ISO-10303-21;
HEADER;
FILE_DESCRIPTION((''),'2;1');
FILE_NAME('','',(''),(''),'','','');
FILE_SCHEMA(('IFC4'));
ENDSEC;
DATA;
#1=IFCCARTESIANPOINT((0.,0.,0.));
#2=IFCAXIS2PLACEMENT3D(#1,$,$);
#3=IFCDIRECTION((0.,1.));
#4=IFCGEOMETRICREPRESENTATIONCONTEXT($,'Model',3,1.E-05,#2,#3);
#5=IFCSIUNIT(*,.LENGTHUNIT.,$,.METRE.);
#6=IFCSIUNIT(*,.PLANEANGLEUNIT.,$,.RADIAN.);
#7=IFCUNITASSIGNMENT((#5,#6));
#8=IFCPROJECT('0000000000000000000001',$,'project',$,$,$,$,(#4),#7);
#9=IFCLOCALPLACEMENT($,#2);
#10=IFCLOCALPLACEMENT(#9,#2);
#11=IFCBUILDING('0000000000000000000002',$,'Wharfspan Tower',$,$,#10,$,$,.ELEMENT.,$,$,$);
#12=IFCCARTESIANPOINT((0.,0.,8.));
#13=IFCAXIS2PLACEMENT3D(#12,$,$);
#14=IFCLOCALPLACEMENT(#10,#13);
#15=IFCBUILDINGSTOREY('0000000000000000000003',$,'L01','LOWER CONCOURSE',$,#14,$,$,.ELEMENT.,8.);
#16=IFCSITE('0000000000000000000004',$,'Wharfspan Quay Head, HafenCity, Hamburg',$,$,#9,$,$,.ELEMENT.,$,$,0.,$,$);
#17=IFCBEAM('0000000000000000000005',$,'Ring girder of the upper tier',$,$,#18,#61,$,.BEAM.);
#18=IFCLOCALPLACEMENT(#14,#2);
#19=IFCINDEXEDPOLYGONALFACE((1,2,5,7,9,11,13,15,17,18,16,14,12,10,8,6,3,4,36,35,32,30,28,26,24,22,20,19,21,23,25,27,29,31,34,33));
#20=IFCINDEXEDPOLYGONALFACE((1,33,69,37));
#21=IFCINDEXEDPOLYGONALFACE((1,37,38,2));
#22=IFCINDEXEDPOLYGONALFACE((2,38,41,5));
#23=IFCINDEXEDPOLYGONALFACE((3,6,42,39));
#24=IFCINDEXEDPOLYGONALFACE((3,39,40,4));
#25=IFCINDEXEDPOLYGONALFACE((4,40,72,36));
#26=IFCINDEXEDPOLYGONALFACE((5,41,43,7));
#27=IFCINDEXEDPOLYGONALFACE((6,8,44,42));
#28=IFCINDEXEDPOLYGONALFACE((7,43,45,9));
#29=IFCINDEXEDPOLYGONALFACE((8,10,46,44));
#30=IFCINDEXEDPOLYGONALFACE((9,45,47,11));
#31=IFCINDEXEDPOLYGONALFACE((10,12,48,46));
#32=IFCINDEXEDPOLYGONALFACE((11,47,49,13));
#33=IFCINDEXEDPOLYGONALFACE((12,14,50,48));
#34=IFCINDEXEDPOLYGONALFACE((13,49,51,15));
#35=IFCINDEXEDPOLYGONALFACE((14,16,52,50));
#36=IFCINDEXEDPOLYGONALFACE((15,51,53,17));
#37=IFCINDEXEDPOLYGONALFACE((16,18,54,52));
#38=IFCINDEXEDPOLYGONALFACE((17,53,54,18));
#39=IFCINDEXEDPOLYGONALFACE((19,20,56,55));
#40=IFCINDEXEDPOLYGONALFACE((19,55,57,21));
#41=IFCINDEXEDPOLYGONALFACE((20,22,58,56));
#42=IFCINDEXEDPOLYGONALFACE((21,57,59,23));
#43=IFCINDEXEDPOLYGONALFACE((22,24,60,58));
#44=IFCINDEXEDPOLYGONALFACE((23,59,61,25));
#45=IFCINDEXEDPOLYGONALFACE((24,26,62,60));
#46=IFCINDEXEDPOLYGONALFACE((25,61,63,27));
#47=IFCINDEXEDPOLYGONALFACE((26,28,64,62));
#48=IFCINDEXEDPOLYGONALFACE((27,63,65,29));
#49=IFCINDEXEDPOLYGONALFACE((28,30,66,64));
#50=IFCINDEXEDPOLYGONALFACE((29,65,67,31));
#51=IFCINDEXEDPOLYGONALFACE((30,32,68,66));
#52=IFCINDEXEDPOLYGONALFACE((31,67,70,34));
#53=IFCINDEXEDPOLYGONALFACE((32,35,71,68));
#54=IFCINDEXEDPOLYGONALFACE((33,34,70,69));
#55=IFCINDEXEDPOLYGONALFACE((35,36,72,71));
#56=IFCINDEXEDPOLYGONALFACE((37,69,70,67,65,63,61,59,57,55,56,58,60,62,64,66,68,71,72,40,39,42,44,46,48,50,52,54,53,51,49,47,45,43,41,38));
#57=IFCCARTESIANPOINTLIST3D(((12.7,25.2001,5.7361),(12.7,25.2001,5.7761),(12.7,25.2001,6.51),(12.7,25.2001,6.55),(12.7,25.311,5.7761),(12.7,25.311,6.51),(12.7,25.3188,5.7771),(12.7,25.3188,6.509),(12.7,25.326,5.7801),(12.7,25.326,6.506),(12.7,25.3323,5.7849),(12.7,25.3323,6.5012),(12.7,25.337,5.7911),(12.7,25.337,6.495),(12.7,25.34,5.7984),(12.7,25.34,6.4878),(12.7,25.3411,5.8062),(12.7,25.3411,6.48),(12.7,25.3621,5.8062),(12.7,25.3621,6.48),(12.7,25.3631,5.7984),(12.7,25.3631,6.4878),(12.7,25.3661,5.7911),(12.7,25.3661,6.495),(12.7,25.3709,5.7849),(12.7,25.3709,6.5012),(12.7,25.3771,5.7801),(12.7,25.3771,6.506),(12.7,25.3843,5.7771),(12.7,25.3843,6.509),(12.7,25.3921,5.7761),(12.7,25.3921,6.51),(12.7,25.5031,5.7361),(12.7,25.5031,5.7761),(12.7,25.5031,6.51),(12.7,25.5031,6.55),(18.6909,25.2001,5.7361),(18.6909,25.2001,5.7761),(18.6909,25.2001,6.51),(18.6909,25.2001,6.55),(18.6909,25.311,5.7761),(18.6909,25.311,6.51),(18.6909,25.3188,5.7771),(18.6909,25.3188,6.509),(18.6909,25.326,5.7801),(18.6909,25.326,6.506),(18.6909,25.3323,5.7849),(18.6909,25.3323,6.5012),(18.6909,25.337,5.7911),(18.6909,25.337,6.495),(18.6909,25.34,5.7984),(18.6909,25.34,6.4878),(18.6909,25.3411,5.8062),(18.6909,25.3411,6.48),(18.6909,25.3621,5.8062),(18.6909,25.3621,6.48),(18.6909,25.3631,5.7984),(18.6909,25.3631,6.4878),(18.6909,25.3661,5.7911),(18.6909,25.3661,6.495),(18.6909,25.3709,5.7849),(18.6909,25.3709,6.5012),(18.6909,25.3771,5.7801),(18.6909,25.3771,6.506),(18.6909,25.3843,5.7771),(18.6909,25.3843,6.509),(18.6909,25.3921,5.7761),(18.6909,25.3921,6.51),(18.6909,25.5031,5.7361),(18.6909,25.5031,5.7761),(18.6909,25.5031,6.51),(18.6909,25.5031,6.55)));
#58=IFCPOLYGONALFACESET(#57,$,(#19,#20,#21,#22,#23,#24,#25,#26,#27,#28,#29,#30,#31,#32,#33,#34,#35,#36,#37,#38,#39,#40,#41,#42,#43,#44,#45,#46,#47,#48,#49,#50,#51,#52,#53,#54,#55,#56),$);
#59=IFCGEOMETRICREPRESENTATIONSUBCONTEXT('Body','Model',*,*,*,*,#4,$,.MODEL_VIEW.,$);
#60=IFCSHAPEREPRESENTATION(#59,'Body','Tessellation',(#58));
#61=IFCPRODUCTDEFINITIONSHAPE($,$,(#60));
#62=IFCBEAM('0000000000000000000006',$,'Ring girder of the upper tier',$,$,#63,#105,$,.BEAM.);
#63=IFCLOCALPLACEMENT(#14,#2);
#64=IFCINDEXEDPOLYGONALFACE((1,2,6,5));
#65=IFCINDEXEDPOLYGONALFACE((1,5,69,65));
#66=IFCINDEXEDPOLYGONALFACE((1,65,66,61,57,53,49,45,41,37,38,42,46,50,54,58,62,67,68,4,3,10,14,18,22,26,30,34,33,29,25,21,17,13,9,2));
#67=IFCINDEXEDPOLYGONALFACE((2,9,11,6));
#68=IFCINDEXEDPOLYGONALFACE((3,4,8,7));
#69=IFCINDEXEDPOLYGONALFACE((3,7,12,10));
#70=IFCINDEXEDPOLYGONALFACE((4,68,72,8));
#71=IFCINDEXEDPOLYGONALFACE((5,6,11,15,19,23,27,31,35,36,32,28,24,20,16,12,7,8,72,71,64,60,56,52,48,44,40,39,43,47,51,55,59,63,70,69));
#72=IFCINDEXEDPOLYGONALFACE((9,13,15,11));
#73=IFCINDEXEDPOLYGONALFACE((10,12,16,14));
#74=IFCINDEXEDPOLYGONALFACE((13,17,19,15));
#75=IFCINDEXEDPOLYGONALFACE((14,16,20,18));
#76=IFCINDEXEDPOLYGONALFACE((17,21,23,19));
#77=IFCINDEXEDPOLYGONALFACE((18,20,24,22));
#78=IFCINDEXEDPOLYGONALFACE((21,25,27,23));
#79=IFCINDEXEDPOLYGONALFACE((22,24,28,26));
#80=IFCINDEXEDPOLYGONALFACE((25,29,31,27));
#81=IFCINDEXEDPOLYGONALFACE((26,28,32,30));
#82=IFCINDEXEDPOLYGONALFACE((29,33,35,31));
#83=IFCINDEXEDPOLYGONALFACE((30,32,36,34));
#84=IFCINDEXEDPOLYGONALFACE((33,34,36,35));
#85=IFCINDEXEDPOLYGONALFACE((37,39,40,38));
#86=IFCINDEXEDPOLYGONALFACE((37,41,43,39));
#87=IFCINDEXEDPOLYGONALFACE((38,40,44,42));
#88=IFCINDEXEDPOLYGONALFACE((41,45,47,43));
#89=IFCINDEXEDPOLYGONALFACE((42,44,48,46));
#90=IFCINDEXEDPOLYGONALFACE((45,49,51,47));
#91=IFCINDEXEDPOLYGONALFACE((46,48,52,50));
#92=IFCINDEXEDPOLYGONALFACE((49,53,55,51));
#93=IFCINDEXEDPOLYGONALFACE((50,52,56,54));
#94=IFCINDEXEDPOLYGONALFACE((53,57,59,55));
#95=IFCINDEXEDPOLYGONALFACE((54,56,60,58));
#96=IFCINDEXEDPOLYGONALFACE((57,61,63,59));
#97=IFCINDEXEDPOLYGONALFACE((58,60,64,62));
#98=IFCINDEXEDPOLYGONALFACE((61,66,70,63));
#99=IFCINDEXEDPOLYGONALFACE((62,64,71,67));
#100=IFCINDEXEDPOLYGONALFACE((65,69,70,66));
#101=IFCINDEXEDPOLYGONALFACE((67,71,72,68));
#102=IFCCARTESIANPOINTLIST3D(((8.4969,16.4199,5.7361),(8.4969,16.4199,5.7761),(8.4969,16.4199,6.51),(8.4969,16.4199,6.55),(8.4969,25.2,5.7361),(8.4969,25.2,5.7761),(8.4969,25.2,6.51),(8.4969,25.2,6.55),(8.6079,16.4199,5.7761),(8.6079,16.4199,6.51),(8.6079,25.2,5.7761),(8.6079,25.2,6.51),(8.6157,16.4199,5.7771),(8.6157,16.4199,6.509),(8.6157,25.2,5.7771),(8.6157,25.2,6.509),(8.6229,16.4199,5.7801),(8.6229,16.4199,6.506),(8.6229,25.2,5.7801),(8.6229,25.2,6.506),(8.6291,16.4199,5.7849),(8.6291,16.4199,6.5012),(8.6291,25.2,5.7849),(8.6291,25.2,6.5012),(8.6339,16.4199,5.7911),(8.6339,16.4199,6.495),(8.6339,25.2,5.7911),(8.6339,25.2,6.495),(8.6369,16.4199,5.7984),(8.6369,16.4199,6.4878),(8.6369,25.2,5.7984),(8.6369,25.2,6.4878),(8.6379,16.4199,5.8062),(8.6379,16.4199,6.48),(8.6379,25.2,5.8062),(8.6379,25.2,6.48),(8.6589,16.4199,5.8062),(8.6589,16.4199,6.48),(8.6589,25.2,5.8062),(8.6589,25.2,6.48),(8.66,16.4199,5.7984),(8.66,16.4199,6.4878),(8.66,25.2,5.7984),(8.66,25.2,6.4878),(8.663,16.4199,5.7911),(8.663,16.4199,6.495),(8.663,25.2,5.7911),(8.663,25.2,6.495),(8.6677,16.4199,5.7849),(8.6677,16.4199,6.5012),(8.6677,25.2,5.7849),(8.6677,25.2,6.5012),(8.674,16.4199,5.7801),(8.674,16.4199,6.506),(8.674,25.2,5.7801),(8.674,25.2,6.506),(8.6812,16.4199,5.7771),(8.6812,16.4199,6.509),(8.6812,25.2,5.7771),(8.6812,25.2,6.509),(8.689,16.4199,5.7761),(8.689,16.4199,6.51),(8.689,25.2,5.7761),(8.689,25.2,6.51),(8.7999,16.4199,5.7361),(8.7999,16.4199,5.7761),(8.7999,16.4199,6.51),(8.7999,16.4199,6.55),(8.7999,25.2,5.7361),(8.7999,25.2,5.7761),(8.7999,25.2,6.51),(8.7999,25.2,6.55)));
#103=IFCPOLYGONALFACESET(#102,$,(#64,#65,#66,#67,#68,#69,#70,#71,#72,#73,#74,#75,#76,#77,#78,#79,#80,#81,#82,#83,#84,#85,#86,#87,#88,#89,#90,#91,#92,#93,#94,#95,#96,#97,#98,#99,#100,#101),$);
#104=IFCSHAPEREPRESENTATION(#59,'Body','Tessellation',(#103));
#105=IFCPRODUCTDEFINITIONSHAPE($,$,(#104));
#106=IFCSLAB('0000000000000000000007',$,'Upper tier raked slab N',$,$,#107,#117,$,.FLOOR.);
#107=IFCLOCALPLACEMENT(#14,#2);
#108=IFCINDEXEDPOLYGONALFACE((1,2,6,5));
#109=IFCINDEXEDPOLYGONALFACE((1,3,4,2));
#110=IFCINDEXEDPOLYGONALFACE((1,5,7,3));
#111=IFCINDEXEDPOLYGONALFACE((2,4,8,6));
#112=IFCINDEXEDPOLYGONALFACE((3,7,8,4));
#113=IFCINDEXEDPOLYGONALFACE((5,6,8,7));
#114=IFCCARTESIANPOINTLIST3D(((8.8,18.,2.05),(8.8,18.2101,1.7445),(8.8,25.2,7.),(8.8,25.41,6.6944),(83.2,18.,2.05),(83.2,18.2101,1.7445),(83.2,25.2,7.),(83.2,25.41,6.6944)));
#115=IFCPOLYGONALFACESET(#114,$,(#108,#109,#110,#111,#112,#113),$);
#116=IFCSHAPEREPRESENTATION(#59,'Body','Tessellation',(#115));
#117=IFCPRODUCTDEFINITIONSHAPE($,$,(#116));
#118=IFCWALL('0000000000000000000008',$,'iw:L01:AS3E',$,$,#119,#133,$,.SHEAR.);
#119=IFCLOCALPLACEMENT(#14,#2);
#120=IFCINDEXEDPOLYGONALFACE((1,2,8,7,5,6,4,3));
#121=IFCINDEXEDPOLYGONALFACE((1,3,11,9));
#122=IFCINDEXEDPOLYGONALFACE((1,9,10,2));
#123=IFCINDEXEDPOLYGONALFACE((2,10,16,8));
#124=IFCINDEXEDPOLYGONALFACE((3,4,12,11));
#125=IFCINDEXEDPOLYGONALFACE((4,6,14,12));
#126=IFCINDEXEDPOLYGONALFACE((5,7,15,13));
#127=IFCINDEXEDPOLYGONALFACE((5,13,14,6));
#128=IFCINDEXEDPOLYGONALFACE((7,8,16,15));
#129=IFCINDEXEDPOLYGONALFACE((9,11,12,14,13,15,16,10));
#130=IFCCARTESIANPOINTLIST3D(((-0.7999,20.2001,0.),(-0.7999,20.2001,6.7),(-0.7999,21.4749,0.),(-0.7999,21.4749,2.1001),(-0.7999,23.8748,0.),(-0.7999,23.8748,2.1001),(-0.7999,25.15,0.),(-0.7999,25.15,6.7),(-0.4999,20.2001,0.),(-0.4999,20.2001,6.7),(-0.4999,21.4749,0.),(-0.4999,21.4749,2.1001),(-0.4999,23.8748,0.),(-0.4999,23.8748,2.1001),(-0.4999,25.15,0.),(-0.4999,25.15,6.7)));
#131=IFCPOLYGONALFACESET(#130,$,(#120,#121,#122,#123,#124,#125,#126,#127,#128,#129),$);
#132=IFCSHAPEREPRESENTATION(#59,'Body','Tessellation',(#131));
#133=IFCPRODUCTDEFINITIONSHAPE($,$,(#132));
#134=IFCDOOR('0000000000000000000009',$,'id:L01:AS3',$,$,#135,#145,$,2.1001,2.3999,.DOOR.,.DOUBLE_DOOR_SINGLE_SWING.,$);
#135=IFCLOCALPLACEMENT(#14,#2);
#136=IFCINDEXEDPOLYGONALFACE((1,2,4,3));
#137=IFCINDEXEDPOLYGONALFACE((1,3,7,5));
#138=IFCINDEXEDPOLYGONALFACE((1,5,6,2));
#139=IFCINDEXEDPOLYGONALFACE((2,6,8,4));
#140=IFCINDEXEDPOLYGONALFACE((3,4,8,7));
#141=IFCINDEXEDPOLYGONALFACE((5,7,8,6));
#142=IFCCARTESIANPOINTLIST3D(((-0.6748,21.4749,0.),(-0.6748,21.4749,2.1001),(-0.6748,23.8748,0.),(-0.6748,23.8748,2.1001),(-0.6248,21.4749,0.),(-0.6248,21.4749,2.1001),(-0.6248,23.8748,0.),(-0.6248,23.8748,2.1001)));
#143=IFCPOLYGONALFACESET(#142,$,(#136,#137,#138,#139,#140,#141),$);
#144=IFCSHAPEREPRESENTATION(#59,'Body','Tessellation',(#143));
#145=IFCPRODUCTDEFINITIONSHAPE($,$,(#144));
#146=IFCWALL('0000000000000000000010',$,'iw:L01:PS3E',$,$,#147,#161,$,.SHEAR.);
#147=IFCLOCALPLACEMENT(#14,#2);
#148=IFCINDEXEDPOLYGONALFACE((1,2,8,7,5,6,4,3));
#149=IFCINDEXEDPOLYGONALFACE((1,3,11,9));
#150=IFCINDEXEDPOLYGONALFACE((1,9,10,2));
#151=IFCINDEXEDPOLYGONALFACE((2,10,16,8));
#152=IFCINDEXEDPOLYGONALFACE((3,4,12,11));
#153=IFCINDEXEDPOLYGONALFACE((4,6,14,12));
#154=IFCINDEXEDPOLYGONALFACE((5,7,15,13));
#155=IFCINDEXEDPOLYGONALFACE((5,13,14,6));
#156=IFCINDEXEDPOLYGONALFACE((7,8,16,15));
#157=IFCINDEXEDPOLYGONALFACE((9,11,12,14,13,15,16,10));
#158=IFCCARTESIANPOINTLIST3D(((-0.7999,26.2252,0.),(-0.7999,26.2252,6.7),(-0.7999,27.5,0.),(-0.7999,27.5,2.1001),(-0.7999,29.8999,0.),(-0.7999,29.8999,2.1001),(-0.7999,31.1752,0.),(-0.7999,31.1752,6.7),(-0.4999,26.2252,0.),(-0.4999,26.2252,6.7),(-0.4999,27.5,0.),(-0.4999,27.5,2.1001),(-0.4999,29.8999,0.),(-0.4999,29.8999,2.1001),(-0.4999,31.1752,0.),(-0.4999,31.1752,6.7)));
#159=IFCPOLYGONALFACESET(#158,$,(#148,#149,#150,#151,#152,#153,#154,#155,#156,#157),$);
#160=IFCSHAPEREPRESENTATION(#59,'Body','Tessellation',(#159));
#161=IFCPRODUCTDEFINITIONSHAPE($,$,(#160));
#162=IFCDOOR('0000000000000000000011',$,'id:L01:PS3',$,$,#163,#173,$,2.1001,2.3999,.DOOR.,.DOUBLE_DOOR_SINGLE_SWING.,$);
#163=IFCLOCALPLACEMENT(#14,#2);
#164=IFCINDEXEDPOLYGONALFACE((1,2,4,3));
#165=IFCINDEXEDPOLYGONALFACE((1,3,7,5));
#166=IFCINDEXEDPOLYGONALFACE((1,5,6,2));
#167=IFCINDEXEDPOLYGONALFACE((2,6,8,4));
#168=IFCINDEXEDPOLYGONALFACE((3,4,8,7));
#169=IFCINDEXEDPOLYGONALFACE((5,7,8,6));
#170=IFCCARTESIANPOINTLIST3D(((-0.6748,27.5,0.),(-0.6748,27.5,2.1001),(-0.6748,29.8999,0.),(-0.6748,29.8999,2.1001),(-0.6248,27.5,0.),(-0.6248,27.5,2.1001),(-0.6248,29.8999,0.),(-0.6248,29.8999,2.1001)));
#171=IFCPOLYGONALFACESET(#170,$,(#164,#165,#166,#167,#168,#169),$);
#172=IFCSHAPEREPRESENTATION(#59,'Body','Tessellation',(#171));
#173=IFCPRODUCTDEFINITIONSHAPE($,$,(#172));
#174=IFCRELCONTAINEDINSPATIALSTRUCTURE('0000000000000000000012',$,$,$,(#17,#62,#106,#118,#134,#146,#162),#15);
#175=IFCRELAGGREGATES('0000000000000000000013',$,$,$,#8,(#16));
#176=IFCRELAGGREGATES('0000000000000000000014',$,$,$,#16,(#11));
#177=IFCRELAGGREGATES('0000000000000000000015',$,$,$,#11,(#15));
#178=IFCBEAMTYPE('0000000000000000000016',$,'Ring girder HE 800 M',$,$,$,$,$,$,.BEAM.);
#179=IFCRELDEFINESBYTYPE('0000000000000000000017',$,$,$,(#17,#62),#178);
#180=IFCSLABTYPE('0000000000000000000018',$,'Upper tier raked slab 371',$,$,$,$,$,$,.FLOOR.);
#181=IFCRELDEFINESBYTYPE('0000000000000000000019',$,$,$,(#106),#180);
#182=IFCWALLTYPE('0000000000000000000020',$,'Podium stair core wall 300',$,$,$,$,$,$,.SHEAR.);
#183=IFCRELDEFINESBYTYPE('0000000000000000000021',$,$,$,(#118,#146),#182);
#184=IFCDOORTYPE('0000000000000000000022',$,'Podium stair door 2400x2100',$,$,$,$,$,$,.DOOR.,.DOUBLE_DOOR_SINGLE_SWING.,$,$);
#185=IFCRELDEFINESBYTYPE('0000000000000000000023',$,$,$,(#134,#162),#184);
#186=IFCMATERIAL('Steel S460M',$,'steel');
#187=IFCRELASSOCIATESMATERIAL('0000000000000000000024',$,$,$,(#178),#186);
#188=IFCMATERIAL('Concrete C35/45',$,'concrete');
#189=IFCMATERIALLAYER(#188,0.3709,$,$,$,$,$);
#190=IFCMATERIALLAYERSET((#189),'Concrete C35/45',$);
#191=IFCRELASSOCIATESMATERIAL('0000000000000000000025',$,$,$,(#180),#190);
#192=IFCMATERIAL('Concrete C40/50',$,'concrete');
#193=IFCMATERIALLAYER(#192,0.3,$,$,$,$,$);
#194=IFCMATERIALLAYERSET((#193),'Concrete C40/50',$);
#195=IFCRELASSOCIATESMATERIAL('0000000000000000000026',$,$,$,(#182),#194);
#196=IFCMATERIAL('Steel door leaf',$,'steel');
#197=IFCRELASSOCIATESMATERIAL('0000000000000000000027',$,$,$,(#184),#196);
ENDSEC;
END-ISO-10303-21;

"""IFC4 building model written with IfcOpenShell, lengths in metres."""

from ifc_helpers import new_model, si_unit, direction, frame, frame_2d, origin, origin_2d, place, context, subcontext, project, spatial, polyline, rectangle, i_section, outline, extrude, material, layer, layer_set, material_profile, profile_set, type_object, element, fill, save


model = new_model("IFC4")

# Units and contexts
model_context = context("Model", 3, precision=1e-05, world=origin(), true_north=direction((0.0, 1.0)))
body_context = subcontext(model_context, "Body", "Model", "MODEL_VIEW")
ifc_project = project(units=[si_unit("LENGTHUNIT", "METRE"), si_unit("PLANEANGLEUNIT", "RADIAN")], contexts=[model_context])

# Site, building, storey
site_placement = place(None, origin())
site = spatial("IfcSite", under=ifc_project, at=site_placement, Name="Wharfspan Quay Head, HafenCity, Hamburg", CompositionType="ELEMENT", RefElevation=0.0)
building_placement = place(site_placement, origin())
building = spatial("IfcBuilding", under=site, at=building_placement, Name="Wharfspan Tower", CompositionType="ELEMENT")
storey_placement = place(building_placement, frame((0.0, 0.0, 8.0)))
storey = spatial("IfcBuildingStorey", under=building, at=storey_placement, Name="L01", Description="LOWER CONCOURSE", CompositionType="ELEMENT", Elevation=8.0)

# Beams
ifc_material_1 = material(Name="Steel S460M", Category="steel")
ifc_material_profile_1 = material_profile(ifc_material_1, i_section(OverallWidth=0.303, OverallDepth=0.814, WebThickness=0.021, FlangeThickness=0.04, FilletRadius=0.03, at=origin_2d()))
ifc_profile_set_1 = profile_set([ifc_material_profile_1], Name="Steel S460M")
beam_type_1 = type_object("IfcBeamType", Name="Ring girder HE 800 M", PredefinedType="BEAM", material=ifc_profile_set_1)
beam_1_placement = place(storey_placement, frame((12.7, 25.3516, 6.1431), z_axis=(1.0, 0.0, 0.0), x_axis=(0.0, 1.0, 0.0)))
element("IfcBeam", 1, at=beam_1_placement, inside=storey, type_object=beam_type_1, Name="Ring girder of the upper tier", PredefinedType="BEAM", context=body_context, shape_type="SweptSolid", body=[
    extrude(i_section(OverallWidth=0.303, OverallDepth=0.814, WebThickness=0.021, FlangeThickness=0.04, FilletRadius=0.03, at=origin_2d()), origin(), (0.0, 0.0, 1.0), 5.991),
])
beam_2_placement = place(storey_placement, frame((8.6484, 16.4199, 6.1431), z_axis=(0.0, 1.0, 0.0), x_axis=(-1.0, 0.0, 0.0)))
element("IfcBeam", 2, at=beam_2_placement, inside=storey, type_object=beam_type_1, Name="Ring girder of the upper tier", PredefinedType="BEAM", context=body_context, shape_type="SweptSolid", body=[
    extrude(i_section(OverallWidth=0.303, OverallDepth=0.814, WebThickness=0.021, FlangeThickness=0.04, FilletRadius=0.03, at=origin_2d()), origin(), (0.0, 0.0, 1.0), 8.78),
])

# Slab
ifc_material_2 = material(Name="Concrete C35/45", Category="concrete")
ifc_layer_1 = layer(ifc_material_2, 0.3709)
ifc_layer_set_1 = layer_set([ifc_layer_1], Name="Concrete C35/45")
slab_type = type_object("IfcSlabType", Name="Upper tier raked slab 371", PredefinedType="FLOOR", material=ifc_layer_set_1)
slab_placement = place(storey_placement, frame((8.8, 18.0, 2.05), z_axis=(0.0, -0.566528, 0.824043), x_axis=(1.0, 0.0, 0.0)))
element("IfcSlab", 3, at=slab_placement, inside=storey, type_object=slab_type, Name="Upper tier raked slab N", PredefinedType="FLOOR", context=body_context, shape_type="SweptSolid", body=[
    extrude(outline(polyline([(0.0, 0.0), (74.3999, 0.0), (74.3999, 8.7374), (0.0, 8.7374), (0.0, 0.0)])), origin(), (0.0, 0.0, -1.0), 0.3709),
])

# Walls, openings, doors
ifc_material_3 = material(Name="Concrete C40/50", Category="concrete")
ifc_layer_2 = layer(ifc_material_3, 0.3)
ifc_layer_set_2 = layer_set([ifc_layer_2], Name="Concrete C40/50")
wall_type = type_object("IfcWallType", Name="Podium stair core wall 300", PredefinedType="SHEAR", material=ifc_layer_set_2)
wall_1_placement = place(storey_placement, frame((-0.6499, 20.2, 0.0), z_axis=(0.0, 0.0, 1.0), x_axis=(0.0, 1.0, 0.0)))
wall_1 = element("IfcWall", 4, at=wall_1_placement, inside=storey, type_object=wall_type, Name="iw:L01:AS3E", PredefinedType="SHEAR", context=body_context, shape_type="SweptSolid", body=[
    extrude(rectangle(XDim=4.95, YDim=0.3, at=frame_2d((2.4751, 0.0))), origin(), (0.0, 0.0, 1.0), 6.7),
])
opening_1_placement = place(wall_1_placement, frame((1.2749, 0.0, 0.0)))
opening_1 = element("IfcOpeningElement", 5, at=opening_1_placement, cuts=wall_1, PredefinedType="OPENING", context=body_context, shape_type="SweptSolid", body=[
    extrude(rectangle(XDim=2.3999, YDim=2.1001, at=frame_2d((1.2, 1.05))), frame((0.0, 0.1599, 0.0), z_axis=(0.0, -1.0, 0.0), x_axis=(1.0, 0.0, 0.0)), (0.0, 0.0, 1.0), 0.3201),
])
ifc_material_4 = material(Name="Steel door leaf", Category="steel")
door_type = type_object("IfcDoorType", Name="Podium stair door 2400x2100", OperationType="DOUBLE_DOOR_SINGLE_SWING", PredefinedType="DOOR", material=ifc_material_4)
door_1_placement = place(opening_1_placement, origin())
door_1 = element("IfcDoor", 6, at=door_1_placement, inside=storey, type_object=door_type, Name="id:L01:AS3", OperationType="DOUBLE_DOOR_SINGLE_SWING", OverallHeight=2.1001, OverallWidth=2.3999, PredefinedType="DOOR", context=body_context, shape_type="SweptSolid", body=[
    extrude(rectangle(XDim=2.3999, YDim=2.1001, at=frame_2d((1.2, 1.05))), frame((0.0, 0.0249, 0.0), z_axis=(0.0, -1.0, 0.0), x_axis=(1.0, 0.0, 0.0)), (0.0, 0.0, 1.0), 0.05),
])
fill(opening_1, door_1)
wall_2_placement = place(storey_placement, frame((-0.6499, 26.2251, 0.0), z_axis=(0.0, 0.0, 1.0), x_axis=(0.0, 1.0, 0.0)))
wall_2 = element("IfcWall", 7, at=wall_2_placement, inside=storey, type_object=wall_type, Name="iw:L01:PS3E", PredefinedType="SHEAR", context=body_context, shape_type="SweptSolid", body=[
    extrude(rectangle(XDim=4.95, YDim=0.3, at=frame_2d((2.4751, 0.0))), origin(), (0.0, 0.0, 1.0), 6.7),
])
opening_2_placement = place(wall_2_placement, frame((1.2749, 0.0, 0.0)))
opening_2 = element("IfcOpeningElement", 8, at=opening_2_placement, cuts=wall_2, PredefinedType="OPENING", context=body_context, shape_type="SweptSolid", body=[
    extrude(rectangle(XDim=2.3999, YDim=2.1001, at=frame_2d((1.2, 1.05))), frame((0.0, 0.1599, 0.0), z_axis=(0.0, -1.0, 0.0), x_axis=(1.0, 0.0, 0.0)), (0.0, 0.0, 1.0), 0.3201),
])
door_2_placement = place(opening_2_placement, origin())
door_2 = element("IfcDoor", 9, at=door_2_placement, inside=storey, type_object=door_type, Name="id:L01:PS3", OperationType="DOUBLE_DOOR_SINGLE_SWING", OverallHeight=2.1001, OverallWidth=2.3999, PredefinedType="DOOR", context=body_context, shape_type="SweptSolid", body=[
    extrude(rectangle(XDim=2.3999, YDim=2.1001, at=frame_2d((1.2, 1.05))), frame((0.0, 0.0249, 0.0), z_axis=(0.0, -1.0, 0.0), x_axis=(1.0, 0.0, 0.0)), (0.0, 0.0, 1.0), 0.05),
])
fill(opening_2, door_2)

save(model, "model.ifc")
